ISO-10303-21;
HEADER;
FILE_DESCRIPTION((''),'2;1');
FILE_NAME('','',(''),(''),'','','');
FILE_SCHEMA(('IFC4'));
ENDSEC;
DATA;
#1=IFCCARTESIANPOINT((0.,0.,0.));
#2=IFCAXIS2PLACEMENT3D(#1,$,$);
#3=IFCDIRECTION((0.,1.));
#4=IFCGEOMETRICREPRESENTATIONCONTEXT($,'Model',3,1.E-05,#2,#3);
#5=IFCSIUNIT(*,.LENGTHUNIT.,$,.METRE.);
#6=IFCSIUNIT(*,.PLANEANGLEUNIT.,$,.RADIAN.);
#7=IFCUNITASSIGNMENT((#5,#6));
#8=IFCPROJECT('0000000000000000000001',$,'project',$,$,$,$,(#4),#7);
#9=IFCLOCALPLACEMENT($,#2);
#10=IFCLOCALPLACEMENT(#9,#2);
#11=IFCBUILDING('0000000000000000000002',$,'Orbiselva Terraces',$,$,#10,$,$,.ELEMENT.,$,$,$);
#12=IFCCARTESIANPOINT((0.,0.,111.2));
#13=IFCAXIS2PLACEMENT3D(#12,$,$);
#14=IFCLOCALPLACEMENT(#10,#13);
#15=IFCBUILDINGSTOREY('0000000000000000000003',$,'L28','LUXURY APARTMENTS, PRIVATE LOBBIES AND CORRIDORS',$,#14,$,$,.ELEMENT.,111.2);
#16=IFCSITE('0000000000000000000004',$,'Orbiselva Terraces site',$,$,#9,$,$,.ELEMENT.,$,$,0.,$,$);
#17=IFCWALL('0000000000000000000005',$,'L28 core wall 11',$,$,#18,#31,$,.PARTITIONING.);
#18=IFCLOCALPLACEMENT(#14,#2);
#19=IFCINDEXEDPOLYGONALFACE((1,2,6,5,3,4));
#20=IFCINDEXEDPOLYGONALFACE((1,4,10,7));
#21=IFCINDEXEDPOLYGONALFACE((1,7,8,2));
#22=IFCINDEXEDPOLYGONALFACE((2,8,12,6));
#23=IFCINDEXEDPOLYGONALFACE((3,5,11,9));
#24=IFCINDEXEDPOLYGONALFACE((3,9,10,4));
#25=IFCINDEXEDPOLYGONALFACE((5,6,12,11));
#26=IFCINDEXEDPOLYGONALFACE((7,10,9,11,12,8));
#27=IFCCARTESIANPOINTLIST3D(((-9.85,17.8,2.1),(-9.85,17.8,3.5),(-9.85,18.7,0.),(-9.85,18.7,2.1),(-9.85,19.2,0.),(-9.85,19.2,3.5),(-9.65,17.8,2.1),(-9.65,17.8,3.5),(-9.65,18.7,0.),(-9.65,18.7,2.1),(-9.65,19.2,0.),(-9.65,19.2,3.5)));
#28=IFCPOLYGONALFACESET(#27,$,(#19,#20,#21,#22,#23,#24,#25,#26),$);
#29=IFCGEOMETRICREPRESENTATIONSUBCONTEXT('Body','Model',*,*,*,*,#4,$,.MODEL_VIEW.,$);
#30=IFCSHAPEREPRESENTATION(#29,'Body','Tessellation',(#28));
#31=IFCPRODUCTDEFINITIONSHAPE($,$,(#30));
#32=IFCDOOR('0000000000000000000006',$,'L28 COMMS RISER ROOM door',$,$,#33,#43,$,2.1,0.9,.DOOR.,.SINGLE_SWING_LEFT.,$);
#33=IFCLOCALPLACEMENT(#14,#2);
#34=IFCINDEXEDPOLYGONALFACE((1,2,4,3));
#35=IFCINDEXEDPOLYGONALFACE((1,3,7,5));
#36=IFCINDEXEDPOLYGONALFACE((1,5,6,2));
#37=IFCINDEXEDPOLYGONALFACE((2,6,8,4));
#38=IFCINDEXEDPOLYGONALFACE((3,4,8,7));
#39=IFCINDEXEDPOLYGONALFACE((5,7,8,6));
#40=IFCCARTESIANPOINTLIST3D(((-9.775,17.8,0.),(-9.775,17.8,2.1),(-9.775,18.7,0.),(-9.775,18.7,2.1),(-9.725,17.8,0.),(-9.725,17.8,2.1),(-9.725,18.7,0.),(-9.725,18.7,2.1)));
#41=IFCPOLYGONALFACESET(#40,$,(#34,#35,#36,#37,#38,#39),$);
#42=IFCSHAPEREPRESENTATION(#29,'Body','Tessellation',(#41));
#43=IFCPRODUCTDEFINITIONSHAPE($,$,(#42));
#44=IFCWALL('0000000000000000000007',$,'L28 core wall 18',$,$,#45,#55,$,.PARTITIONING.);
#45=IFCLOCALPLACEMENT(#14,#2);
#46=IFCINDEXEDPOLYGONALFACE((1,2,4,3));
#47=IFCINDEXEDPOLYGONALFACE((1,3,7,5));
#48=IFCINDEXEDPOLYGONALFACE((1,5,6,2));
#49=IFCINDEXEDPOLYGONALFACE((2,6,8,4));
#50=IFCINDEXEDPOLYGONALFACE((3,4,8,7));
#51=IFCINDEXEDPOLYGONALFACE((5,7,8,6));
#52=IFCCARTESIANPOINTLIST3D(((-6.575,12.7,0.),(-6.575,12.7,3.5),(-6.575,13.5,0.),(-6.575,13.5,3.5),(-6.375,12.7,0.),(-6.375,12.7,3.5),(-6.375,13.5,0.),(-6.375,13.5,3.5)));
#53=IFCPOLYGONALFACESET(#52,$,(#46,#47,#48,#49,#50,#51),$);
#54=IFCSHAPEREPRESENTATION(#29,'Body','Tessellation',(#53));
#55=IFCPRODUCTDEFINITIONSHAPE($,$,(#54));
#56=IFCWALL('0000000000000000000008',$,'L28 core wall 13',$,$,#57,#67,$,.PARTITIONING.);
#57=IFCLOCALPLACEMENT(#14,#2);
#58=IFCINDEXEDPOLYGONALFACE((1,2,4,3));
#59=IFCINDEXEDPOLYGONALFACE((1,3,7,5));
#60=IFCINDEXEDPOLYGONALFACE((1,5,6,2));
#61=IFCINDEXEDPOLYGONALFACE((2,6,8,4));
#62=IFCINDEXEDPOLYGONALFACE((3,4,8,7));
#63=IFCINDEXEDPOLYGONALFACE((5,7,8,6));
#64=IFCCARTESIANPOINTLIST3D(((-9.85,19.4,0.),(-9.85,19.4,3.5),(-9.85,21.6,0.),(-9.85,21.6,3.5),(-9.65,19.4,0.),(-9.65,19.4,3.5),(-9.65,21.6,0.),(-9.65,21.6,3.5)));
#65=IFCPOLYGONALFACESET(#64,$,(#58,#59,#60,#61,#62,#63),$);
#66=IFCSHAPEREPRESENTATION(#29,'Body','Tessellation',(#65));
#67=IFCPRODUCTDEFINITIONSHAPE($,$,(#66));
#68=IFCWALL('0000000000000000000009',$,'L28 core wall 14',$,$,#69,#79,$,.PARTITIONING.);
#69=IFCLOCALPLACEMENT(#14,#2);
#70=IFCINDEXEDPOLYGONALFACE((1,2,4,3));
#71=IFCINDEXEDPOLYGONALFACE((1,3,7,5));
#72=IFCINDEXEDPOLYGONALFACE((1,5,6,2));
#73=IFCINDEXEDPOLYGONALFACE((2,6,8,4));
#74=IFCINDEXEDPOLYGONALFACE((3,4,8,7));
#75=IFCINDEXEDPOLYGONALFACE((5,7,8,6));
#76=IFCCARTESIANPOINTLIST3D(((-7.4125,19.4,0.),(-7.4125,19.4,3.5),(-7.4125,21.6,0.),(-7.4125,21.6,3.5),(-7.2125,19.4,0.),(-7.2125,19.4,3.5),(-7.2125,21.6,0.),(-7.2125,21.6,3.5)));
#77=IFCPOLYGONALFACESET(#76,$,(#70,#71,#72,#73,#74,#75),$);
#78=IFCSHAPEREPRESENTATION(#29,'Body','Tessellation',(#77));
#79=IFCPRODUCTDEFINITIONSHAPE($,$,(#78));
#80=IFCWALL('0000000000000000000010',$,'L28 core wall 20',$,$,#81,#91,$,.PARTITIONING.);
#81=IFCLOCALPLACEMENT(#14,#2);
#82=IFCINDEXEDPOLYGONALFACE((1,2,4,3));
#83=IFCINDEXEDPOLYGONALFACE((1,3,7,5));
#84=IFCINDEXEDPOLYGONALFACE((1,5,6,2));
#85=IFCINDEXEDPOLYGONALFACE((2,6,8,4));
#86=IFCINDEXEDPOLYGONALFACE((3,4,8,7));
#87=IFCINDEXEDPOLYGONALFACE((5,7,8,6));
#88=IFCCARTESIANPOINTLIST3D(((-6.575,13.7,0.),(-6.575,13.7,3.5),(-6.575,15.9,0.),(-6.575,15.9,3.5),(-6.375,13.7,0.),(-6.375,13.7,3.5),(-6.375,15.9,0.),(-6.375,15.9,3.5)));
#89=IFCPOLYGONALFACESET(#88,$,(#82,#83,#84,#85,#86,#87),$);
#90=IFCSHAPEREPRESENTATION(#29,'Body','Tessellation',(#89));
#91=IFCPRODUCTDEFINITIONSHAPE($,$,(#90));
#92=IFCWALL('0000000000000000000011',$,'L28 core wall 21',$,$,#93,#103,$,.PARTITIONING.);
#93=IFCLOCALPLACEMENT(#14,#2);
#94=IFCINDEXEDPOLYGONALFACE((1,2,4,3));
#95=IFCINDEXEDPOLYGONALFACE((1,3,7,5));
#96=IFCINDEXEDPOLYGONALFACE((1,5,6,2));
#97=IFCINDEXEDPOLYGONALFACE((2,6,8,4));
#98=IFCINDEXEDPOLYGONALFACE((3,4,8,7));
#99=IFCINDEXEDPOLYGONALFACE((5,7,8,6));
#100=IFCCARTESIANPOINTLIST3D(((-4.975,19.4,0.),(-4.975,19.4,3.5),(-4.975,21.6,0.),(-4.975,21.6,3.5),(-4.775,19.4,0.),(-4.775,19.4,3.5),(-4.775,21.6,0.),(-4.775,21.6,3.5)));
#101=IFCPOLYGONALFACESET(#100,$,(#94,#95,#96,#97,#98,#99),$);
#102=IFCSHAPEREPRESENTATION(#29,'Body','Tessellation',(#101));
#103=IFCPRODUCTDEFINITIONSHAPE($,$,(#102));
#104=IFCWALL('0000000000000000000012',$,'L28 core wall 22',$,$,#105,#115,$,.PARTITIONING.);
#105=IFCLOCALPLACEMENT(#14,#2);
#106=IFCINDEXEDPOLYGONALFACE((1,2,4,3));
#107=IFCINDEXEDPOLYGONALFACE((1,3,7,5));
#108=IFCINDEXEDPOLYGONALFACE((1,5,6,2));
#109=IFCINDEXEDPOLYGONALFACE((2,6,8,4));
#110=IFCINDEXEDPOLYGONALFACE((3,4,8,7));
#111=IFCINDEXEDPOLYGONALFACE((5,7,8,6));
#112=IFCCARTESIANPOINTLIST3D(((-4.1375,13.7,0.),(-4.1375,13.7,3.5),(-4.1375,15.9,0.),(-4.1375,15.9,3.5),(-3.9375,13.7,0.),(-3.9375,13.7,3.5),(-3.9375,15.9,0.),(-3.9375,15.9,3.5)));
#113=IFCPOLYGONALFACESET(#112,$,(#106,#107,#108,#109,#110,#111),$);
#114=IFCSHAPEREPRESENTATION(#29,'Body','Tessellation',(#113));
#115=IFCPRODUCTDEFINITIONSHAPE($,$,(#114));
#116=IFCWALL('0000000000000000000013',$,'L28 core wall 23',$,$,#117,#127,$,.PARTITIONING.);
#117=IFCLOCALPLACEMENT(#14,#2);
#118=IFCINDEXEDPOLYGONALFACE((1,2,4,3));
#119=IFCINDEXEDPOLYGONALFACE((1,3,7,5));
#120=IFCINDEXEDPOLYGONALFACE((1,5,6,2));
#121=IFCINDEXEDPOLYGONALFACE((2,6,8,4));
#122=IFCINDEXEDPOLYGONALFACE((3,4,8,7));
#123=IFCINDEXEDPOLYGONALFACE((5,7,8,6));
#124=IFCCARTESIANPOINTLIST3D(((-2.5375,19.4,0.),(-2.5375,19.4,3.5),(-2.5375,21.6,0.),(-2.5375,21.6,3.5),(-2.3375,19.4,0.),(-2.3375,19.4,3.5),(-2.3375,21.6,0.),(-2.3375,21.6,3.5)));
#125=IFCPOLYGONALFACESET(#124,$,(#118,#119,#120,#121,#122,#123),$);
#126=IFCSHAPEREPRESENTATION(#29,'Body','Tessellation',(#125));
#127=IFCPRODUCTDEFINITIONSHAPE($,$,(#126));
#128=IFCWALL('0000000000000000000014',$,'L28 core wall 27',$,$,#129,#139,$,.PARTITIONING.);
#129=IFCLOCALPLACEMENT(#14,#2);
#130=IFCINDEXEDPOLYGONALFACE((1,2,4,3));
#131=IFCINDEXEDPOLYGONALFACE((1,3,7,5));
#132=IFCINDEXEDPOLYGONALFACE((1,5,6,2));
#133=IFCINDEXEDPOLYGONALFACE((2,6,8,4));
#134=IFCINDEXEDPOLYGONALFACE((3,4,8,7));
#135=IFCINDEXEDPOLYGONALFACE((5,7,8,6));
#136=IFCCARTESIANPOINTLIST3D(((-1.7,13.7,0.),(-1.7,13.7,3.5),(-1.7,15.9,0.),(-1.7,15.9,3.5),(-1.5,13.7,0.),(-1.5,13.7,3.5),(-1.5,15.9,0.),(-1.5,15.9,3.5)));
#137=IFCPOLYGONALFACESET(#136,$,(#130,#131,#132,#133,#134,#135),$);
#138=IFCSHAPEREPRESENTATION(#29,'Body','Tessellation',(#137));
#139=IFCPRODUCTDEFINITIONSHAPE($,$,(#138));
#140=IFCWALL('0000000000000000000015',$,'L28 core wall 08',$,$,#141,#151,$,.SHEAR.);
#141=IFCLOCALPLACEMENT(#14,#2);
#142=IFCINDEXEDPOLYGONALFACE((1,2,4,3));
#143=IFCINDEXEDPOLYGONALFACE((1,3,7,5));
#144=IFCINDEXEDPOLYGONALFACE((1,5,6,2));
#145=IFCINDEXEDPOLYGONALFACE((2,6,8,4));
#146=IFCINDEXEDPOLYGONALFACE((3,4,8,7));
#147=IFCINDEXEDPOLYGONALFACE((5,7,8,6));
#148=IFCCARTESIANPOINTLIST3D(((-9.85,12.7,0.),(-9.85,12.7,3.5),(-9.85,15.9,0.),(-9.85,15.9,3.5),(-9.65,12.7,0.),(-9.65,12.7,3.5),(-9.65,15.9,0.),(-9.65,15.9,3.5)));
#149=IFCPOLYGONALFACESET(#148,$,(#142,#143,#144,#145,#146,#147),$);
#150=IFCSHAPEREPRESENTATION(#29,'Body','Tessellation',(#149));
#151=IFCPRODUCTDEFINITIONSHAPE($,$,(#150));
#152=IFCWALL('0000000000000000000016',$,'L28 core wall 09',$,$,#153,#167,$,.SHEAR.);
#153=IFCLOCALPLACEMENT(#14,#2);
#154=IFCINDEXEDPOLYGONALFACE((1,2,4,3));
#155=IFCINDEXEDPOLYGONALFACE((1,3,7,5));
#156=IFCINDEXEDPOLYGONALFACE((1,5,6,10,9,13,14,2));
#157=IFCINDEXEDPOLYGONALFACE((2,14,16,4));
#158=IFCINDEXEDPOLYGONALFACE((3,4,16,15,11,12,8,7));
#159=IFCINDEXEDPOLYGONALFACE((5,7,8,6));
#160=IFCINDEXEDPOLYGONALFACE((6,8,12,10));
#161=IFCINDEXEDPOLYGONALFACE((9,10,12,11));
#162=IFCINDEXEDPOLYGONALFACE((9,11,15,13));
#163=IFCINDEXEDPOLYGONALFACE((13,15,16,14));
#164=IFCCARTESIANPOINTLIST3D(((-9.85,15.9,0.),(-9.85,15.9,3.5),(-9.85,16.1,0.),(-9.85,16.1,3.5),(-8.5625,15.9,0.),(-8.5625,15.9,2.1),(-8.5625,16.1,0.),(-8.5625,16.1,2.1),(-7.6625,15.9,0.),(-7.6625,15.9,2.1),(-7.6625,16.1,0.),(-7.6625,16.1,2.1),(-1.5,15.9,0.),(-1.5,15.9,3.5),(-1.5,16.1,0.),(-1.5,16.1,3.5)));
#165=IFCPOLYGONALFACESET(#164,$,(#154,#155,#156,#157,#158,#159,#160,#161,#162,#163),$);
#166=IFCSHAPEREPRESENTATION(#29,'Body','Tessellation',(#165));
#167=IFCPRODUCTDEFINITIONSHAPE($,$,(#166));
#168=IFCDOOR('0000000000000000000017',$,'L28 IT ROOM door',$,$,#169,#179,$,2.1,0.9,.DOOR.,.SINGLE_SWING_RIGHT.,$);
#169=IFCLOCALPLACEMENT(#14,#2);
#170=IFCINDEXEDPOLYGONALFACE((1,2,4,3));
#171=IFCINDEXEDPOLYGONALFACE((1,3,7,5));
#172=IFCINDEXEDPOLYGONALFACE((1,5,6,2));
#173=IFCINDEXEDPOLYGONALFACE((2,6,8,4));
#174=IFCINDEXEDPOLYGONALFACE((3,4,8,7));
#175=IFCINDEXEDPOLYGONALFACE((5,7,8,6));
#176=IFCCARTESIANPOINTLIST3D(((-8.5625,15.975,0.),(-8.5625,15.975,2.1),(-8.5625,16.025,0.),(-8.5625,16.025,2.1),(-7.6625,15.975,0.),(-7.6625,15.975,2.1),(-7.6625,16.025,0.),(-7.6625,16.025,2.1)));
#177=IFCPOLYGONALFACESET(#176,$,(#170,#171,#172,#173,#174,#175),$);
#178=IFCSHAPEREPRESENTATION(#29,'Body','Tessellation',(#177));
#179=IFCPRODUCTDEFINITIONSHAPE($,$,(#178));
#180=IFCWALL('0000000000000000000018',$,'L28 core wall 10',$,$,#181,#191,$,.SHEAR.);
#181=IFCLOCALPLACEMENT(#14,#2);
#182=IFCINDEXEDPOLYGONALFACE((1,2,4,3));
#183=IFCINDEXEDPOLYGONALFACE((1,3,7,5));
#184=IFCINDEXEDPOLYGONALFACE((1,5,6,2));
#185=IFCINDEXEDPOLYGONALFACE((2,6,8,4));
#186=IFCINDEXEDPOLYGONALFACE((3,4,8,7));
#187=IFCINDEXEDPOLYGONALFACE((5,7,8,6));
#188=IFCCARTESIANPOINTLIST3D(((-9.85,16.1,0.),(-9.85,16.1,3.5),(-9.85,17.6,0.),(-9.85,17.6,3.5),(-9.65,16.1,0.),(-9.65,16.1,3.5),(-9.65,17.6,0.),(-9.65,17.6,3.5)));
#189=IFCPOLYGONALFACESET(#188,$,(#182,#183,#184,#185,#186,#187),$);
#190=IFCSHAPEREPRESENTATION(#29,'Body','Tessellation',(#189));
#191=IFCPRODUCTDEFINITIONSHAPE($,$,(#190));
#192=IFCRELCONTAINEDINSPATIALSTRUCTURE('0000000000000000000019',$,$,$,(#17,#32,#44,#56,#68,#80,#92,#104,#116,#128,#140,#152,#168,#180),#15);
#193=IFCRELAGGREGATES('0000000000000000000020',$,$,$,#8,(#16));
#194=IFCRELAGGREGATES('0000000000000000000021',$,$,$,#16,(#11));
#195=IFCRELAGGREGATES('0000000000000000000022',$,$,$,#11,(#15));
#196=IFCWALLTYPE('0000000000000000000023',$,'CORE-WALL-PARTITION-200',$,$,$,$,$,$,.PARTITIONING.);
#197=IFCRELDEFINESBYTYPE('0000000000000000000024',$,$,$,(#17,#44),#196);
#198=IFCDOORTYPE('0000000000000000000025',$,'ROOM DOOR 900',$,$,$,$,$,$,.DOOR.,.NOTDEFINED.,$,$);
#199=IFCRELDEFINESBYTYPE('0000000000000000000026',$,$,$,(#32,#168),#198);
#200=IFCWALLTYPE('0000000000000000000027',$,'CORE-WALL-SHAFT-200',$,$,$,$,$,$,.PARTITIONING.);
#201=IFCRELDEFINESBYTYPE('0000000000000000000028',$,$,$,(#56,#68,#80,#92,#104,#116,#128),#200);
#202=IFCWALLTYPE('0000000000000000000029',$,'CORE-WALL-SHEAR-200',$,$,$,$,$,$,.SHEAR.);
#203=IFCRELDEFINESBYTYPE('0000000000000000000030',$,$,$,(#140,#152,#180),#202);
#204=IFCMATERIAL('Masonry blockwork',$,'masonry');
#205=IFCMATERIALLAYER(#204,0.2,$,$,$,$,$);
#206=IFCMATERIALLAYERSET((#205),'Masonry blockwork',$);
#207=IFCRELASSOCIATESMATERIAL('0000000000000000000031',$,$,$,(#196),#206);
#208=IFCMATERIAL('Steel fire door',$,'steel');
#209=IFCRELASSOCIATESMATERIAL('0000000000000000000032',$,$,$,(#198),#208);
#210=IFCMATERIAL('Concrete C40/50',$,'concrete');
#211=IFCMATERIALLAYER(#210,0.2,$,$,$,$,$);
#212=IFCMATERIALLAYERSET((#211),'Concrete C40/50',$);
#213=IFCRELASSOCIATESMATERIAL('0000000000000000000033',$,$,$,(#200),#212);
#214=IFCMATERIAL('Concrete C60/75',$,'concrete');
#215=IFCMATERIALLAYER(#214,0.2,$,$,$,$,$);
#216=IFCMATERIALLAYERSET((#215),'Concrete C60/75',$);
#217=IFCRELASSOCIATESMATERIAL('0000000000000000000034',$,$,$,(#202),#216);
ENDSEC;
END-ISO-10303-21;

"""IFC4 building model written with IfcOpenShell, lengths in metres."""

from ifc_helpers import new_model, si_unit, direction, frame, frame_2d, origin, place, context, subcontext, project, spatial, rectangle, extrude, material, layer, layer_set, type_object, element, fill, save


model = new_model("IFC4")

# Units and contexts
model_context = context("Model", 3, precision=1e-05, world=origin(), true_north=direction((0.0, 1.0)))
body_context = subcontext(model_context, "Body", "Model", "MODEL_VIEW")
ifc_project = project(units=[si_unit("LENGTHUNIT", "METRE"), si_unit("PLANEANGLEUNIT", "RADIAN")], contexts=[model_context])

# Site, building, storey
site_placement = place(None, origin())
site = spatial("IfcSite", under=ifc_project, at=site_placement, Name="Orbiselva Terraces site", CompositionType="ELEMENT", RefElevation=0.0)
building_placement = place(site_placement, origin())
building = spatial("IfcBuilding", under=site, at=building_placement, Name="Orbiselva Terraces", CompositionType="ELEMENT")
storey_placement = place(building_placement, frame((0.0, 0.0, 111.2)))
storey = spatial("IfcBuildingStorey", under=building, at=storey_placement, Name="L28", Description="LUXURY APARTMENTS, PRIVATE LOBBIES AND CORRIDORS", CompositionType="ELEMENT", Elevation=111.2)

# Wall, opening, door
ifc_material_1 = material(Name="Masonry blockwork", Category="masonry")
ifc_layer_1 = layer(ifc_material_1, 0.2)
ifc_layer_set_1 = layer_set([ifc_layer_1], Name="Masonry blockwork")
wall_type_1 = type_object("IfcWallType", Name="CORE-WALL-PARTITION-200", PredefinedType="PARTITIONING", material=ifc_layer_set_1)
wall_1_placement = place(storey_placement, frame((-9.75, 17.8, 0.0), z_axis=(0.0, 0.0, 1.0), x_axis=(0.0, 1.0, 0.0)))
wall_1 = element("IfcWall", 1, at=wall_1_placement, inside=storey, type_object=wall_type_1, Name="L28 core wall 11", PredefinedType="PARTITIONING", context=body_context, shape_type="SweptSolid", body=[
    extrude(rectangle(XDim=1.4, YDim=0.2, at=frame_2d((0.7, 0.0))), origin(), (0.0, 0.0, 1.0), 3.5),
])
opening_1_placement = place(wall_1_placement, origin())
opening_1 = element("IfcOpeningElement", 2, at=opening_1_placement, cuts=wall_1, PredefinedType="OPENING", context=body_context, shape_type="SweptSolid", body=[
    extrude(rectangle(XDim=0.9, YDim=2.1, at=frame_2d((0.45, 1.05))), frame((0.0, 0.11, 0.0), z_axis=(0.0, -1.0, 0.0), x_axis=(1.0, 0.0, 0.0)), (0.0, 0.0, 1.0), 0.22),
])
ifc_material_2 = material(Name="Steel fire door", Category="steel")
door_type_1 = type_object("IfcDoorType", Name="ROOM DOOR 900", OperationType="NOTDEFINED", PredefinedType="DOOR", material=ifc_material_2)
door_1_placement = place(opening_1_placement, origin())
door_1 = element("IfcDoor", 3, at=door_1_placement, inside=storey, type_object=door_type_1, Name="L28 COMMS RISER ROOM door", OperationType="SINGLE_SWING_LEFT", OverallHeight=2.1, OverallWidth=0.9, PredefinedType="DOOR", context=body_context, shape_type="SweptSolid", body=[
    extrude(rectangle(XDim=0.9, YDim=2.1, at=frame_2d((0.45, 1.05))), frame((0.0, 0.025, 0.0), z_axis=(0.0, -1.0, 0.0), x_axis=(1.0, 0.0, 0.0)), (0.0, 0.0, 1.0), 0.05),
])
fill(opening_1, door_1)

# Walls
wall_2_placement = place(storey_placement, frame((-6.475, 12.7, 0.0), z_axis=(0.0, 0.0, 1.0), x_axis=(0.0, 1.0, 0.0)))
element("IfcWall", 4, at=wall_2_placement, inside=storey, type_object=wall_type_1, Name="L28 core wall 18", PredefinedType="PARTITIONING", context=body_context, shape_type="SweptSolid", body=[
    extrude(rectangle(XDim=0.8, YDim=0.2, at=frame_2d((0.4, 0.0))), origin(), (0.0, 0.0, 1.0), 3.5),
])
ifc_material_3 = material(Name="Concrete C40/50", Category="concrete")
ifc_layer_2 = layer(ifc_material_3, 0.2)
ifc_layer_set_2 = layer_set([ifc_layer_2], Name="Concrete C40/50")
wall_type_2 = type_object("IfcWallType", Name="CORE-WALL-SHAFT-200", PredefinedType="PARTITIONING", material=ifc_layer_set_2)
for number, where, z_axis, x_axis, name in (
    (5, (-9.75, 19.4, 0.0), (0.0, 0.0, 1.0), (0.0, 1.0, 0.0), "L28 core wall 13"),
    (6, (-7.3125, 19.4, 0.0), (0.0, 0.0, 1.0), (0.0, 1.0, 0.0), "L28 core wall 14"),
    (7, (-6.475, 13.7, 0.0), (0.0, 0.0, 1.0), (0.0, 1.0, 0.0), "L28 core wall 20"),
    (8, (-4.875, 19.4, 0.0), (0.0, 0.0, 1.0), (0.0, 1.0, 0.0), "L28 core wall 21"),
    (9, (-4.0375, 13.7, 0.0), (0.0, 0.0, 1.0), (0.0, 1.0, 0.0), "L28 core wall 22"),
    (10, (-2.4375, 19.4, 0.0), (0.0, 0.0, 1.0), (0.0, 1.0, 0.0), "L28 core wall 23"),
    (11, (-1.6, 13.7, 0.0), (0.0, 0.0, 1.0), (0.0, 1.0, 0.0), "L28 core wall 27"),
):
    element("IfcWall", number, at=place(storey_placement, frame(where, z_axis=z_axis, x_axis=x_axis)), inside=storey, type_object=wall_type_2, Name=name, PredefinedType="PARTITIONING", context=body_context, shape_type="SweptSolid", body=[
        extrude(rectangle(XDim=2.2, YDim=0.2, at=frame_2d((1.1, 0.0))), origin(), (0.0, 0.0, 1.0), 3.5),
    ])
ifc_material_4 = material(Name="Concrete C60/75", Category="concrete")
ifc_layer_3 = layer(ifc_material_4, 0.2)
ifc_layer_set_3 = layer_set([ifc_layer_3], Name="Concrete C60/75")
wall_type_3 = type_object("IfcWallType", Name="CORE-WALL-SHEAR-200", PredefinedType="SHEAR", material=ifc_layer_set_3)
wall_3_placement = place(storey_placement, frame((-9.75, 12.7, 0.0), z_axis=(0.0, 0.0, 1.0), x_axis=(0.0, 1.0, 0.0)))
element("IfcWall", 12, at=wall_3_placement, inside=storey, type_object=wall_type_3, Name="L28 core wall 08", PredefinedType="SHEAR", context=body_context, shape_type="SweptSolid", body=[
    extrude(rectangle(XDim=3.2, YDim=0.2, at=frame_2d((1.6, 0.0))), origin(), (0.0, 0.0, 1.0), 3.5),
])

# Wall, opening, door
wall_4_placement = place(storey_placement, frame((-1.5, 16.0, 0.0), z_axis=(0.0, 0.0, 1.0), x_axis=(-1.0, 0.0, 0.0)))
wall_4 = element("IfcWall", 13, at=wall_4_placement, inside=storey, type_object=wall_type_3, Name="L28 core wall 09", PredefinedType="SHEAR", context=body_context, shape_type="SweptSolid", body=[
    extrude(rectangle(XDim=8.35, YDim=0.2, at=frame_2d((4.175, 0.0))), origin(), (0.0, 0.0, 1.0), 3.5),
])
opening_2_placement = place(wall_4_placement, frame((6.1625, 0.0, 0.0)))
opening_2 = element("IfcOpeningElement", 14, at=opening_2_placement, cuts=wall_4, PredefinedType="OPENING", context=body_context, shape_type="SweptSolid", body=[
    extrude(rectangle(XDim=0.9, YDim=2.1, at=frame_2d((0.45, 1.05))), frame((0.0, 0.11, 0.0), z_axis=(0.0, -1.0, 0.0), x_axis=(1.0, 0.0, 0.0)), (0.0, 0.0, 1.0), 0.22),
])
door_2_placement = place(opening_2_placement, origin())
door_2 = element("IfcDoor", 15, at=door_2_placement, inside=storey, type_object=door_type_1, Name="L28 IT ROOM door", OperationType="SINGLE_SWING_RIGHT", OverallHeight=2.1, OverallWidth=0.9, PredefinedType="DOOR", context=body_context, shape_type="SweptSolid", body=[
    extrude(rectangle(XDim=0.9, YDim=2.1, at=frame_2d((0.45, 1.05))), frame((0.0, 0.025, 0.0), z_axis=(0.0, -1.0, 0.0), x_axis=(1.0, 0.0, 0.0)), (0.0, 0.0, 1.0), 0.05),
])
fill(opening_2, door_2)

# Wall
wall_5_placement = place(storey_placement, frame((-9.75, 16.1, 0.0), z_axis=(0.0, 0.0, 1.0), x_axis=(0.0, 1.0, 0.0)))
element("IfcWall", 16, at=wall_5_placement, inside=storey, type_object=wall_type_3, Name="L28 core wall 10", PredefinedType="SHEAR", context=body_context, shape_type="SweptSolid", body=[
    extrude(rectangle(XDim=1.5, YDim=0.2, at=frame_2d((0.75, 0.0))), origin(), (0.0, 0.0, 1.0), 3.5),
])

save(model, "model.ifc")
